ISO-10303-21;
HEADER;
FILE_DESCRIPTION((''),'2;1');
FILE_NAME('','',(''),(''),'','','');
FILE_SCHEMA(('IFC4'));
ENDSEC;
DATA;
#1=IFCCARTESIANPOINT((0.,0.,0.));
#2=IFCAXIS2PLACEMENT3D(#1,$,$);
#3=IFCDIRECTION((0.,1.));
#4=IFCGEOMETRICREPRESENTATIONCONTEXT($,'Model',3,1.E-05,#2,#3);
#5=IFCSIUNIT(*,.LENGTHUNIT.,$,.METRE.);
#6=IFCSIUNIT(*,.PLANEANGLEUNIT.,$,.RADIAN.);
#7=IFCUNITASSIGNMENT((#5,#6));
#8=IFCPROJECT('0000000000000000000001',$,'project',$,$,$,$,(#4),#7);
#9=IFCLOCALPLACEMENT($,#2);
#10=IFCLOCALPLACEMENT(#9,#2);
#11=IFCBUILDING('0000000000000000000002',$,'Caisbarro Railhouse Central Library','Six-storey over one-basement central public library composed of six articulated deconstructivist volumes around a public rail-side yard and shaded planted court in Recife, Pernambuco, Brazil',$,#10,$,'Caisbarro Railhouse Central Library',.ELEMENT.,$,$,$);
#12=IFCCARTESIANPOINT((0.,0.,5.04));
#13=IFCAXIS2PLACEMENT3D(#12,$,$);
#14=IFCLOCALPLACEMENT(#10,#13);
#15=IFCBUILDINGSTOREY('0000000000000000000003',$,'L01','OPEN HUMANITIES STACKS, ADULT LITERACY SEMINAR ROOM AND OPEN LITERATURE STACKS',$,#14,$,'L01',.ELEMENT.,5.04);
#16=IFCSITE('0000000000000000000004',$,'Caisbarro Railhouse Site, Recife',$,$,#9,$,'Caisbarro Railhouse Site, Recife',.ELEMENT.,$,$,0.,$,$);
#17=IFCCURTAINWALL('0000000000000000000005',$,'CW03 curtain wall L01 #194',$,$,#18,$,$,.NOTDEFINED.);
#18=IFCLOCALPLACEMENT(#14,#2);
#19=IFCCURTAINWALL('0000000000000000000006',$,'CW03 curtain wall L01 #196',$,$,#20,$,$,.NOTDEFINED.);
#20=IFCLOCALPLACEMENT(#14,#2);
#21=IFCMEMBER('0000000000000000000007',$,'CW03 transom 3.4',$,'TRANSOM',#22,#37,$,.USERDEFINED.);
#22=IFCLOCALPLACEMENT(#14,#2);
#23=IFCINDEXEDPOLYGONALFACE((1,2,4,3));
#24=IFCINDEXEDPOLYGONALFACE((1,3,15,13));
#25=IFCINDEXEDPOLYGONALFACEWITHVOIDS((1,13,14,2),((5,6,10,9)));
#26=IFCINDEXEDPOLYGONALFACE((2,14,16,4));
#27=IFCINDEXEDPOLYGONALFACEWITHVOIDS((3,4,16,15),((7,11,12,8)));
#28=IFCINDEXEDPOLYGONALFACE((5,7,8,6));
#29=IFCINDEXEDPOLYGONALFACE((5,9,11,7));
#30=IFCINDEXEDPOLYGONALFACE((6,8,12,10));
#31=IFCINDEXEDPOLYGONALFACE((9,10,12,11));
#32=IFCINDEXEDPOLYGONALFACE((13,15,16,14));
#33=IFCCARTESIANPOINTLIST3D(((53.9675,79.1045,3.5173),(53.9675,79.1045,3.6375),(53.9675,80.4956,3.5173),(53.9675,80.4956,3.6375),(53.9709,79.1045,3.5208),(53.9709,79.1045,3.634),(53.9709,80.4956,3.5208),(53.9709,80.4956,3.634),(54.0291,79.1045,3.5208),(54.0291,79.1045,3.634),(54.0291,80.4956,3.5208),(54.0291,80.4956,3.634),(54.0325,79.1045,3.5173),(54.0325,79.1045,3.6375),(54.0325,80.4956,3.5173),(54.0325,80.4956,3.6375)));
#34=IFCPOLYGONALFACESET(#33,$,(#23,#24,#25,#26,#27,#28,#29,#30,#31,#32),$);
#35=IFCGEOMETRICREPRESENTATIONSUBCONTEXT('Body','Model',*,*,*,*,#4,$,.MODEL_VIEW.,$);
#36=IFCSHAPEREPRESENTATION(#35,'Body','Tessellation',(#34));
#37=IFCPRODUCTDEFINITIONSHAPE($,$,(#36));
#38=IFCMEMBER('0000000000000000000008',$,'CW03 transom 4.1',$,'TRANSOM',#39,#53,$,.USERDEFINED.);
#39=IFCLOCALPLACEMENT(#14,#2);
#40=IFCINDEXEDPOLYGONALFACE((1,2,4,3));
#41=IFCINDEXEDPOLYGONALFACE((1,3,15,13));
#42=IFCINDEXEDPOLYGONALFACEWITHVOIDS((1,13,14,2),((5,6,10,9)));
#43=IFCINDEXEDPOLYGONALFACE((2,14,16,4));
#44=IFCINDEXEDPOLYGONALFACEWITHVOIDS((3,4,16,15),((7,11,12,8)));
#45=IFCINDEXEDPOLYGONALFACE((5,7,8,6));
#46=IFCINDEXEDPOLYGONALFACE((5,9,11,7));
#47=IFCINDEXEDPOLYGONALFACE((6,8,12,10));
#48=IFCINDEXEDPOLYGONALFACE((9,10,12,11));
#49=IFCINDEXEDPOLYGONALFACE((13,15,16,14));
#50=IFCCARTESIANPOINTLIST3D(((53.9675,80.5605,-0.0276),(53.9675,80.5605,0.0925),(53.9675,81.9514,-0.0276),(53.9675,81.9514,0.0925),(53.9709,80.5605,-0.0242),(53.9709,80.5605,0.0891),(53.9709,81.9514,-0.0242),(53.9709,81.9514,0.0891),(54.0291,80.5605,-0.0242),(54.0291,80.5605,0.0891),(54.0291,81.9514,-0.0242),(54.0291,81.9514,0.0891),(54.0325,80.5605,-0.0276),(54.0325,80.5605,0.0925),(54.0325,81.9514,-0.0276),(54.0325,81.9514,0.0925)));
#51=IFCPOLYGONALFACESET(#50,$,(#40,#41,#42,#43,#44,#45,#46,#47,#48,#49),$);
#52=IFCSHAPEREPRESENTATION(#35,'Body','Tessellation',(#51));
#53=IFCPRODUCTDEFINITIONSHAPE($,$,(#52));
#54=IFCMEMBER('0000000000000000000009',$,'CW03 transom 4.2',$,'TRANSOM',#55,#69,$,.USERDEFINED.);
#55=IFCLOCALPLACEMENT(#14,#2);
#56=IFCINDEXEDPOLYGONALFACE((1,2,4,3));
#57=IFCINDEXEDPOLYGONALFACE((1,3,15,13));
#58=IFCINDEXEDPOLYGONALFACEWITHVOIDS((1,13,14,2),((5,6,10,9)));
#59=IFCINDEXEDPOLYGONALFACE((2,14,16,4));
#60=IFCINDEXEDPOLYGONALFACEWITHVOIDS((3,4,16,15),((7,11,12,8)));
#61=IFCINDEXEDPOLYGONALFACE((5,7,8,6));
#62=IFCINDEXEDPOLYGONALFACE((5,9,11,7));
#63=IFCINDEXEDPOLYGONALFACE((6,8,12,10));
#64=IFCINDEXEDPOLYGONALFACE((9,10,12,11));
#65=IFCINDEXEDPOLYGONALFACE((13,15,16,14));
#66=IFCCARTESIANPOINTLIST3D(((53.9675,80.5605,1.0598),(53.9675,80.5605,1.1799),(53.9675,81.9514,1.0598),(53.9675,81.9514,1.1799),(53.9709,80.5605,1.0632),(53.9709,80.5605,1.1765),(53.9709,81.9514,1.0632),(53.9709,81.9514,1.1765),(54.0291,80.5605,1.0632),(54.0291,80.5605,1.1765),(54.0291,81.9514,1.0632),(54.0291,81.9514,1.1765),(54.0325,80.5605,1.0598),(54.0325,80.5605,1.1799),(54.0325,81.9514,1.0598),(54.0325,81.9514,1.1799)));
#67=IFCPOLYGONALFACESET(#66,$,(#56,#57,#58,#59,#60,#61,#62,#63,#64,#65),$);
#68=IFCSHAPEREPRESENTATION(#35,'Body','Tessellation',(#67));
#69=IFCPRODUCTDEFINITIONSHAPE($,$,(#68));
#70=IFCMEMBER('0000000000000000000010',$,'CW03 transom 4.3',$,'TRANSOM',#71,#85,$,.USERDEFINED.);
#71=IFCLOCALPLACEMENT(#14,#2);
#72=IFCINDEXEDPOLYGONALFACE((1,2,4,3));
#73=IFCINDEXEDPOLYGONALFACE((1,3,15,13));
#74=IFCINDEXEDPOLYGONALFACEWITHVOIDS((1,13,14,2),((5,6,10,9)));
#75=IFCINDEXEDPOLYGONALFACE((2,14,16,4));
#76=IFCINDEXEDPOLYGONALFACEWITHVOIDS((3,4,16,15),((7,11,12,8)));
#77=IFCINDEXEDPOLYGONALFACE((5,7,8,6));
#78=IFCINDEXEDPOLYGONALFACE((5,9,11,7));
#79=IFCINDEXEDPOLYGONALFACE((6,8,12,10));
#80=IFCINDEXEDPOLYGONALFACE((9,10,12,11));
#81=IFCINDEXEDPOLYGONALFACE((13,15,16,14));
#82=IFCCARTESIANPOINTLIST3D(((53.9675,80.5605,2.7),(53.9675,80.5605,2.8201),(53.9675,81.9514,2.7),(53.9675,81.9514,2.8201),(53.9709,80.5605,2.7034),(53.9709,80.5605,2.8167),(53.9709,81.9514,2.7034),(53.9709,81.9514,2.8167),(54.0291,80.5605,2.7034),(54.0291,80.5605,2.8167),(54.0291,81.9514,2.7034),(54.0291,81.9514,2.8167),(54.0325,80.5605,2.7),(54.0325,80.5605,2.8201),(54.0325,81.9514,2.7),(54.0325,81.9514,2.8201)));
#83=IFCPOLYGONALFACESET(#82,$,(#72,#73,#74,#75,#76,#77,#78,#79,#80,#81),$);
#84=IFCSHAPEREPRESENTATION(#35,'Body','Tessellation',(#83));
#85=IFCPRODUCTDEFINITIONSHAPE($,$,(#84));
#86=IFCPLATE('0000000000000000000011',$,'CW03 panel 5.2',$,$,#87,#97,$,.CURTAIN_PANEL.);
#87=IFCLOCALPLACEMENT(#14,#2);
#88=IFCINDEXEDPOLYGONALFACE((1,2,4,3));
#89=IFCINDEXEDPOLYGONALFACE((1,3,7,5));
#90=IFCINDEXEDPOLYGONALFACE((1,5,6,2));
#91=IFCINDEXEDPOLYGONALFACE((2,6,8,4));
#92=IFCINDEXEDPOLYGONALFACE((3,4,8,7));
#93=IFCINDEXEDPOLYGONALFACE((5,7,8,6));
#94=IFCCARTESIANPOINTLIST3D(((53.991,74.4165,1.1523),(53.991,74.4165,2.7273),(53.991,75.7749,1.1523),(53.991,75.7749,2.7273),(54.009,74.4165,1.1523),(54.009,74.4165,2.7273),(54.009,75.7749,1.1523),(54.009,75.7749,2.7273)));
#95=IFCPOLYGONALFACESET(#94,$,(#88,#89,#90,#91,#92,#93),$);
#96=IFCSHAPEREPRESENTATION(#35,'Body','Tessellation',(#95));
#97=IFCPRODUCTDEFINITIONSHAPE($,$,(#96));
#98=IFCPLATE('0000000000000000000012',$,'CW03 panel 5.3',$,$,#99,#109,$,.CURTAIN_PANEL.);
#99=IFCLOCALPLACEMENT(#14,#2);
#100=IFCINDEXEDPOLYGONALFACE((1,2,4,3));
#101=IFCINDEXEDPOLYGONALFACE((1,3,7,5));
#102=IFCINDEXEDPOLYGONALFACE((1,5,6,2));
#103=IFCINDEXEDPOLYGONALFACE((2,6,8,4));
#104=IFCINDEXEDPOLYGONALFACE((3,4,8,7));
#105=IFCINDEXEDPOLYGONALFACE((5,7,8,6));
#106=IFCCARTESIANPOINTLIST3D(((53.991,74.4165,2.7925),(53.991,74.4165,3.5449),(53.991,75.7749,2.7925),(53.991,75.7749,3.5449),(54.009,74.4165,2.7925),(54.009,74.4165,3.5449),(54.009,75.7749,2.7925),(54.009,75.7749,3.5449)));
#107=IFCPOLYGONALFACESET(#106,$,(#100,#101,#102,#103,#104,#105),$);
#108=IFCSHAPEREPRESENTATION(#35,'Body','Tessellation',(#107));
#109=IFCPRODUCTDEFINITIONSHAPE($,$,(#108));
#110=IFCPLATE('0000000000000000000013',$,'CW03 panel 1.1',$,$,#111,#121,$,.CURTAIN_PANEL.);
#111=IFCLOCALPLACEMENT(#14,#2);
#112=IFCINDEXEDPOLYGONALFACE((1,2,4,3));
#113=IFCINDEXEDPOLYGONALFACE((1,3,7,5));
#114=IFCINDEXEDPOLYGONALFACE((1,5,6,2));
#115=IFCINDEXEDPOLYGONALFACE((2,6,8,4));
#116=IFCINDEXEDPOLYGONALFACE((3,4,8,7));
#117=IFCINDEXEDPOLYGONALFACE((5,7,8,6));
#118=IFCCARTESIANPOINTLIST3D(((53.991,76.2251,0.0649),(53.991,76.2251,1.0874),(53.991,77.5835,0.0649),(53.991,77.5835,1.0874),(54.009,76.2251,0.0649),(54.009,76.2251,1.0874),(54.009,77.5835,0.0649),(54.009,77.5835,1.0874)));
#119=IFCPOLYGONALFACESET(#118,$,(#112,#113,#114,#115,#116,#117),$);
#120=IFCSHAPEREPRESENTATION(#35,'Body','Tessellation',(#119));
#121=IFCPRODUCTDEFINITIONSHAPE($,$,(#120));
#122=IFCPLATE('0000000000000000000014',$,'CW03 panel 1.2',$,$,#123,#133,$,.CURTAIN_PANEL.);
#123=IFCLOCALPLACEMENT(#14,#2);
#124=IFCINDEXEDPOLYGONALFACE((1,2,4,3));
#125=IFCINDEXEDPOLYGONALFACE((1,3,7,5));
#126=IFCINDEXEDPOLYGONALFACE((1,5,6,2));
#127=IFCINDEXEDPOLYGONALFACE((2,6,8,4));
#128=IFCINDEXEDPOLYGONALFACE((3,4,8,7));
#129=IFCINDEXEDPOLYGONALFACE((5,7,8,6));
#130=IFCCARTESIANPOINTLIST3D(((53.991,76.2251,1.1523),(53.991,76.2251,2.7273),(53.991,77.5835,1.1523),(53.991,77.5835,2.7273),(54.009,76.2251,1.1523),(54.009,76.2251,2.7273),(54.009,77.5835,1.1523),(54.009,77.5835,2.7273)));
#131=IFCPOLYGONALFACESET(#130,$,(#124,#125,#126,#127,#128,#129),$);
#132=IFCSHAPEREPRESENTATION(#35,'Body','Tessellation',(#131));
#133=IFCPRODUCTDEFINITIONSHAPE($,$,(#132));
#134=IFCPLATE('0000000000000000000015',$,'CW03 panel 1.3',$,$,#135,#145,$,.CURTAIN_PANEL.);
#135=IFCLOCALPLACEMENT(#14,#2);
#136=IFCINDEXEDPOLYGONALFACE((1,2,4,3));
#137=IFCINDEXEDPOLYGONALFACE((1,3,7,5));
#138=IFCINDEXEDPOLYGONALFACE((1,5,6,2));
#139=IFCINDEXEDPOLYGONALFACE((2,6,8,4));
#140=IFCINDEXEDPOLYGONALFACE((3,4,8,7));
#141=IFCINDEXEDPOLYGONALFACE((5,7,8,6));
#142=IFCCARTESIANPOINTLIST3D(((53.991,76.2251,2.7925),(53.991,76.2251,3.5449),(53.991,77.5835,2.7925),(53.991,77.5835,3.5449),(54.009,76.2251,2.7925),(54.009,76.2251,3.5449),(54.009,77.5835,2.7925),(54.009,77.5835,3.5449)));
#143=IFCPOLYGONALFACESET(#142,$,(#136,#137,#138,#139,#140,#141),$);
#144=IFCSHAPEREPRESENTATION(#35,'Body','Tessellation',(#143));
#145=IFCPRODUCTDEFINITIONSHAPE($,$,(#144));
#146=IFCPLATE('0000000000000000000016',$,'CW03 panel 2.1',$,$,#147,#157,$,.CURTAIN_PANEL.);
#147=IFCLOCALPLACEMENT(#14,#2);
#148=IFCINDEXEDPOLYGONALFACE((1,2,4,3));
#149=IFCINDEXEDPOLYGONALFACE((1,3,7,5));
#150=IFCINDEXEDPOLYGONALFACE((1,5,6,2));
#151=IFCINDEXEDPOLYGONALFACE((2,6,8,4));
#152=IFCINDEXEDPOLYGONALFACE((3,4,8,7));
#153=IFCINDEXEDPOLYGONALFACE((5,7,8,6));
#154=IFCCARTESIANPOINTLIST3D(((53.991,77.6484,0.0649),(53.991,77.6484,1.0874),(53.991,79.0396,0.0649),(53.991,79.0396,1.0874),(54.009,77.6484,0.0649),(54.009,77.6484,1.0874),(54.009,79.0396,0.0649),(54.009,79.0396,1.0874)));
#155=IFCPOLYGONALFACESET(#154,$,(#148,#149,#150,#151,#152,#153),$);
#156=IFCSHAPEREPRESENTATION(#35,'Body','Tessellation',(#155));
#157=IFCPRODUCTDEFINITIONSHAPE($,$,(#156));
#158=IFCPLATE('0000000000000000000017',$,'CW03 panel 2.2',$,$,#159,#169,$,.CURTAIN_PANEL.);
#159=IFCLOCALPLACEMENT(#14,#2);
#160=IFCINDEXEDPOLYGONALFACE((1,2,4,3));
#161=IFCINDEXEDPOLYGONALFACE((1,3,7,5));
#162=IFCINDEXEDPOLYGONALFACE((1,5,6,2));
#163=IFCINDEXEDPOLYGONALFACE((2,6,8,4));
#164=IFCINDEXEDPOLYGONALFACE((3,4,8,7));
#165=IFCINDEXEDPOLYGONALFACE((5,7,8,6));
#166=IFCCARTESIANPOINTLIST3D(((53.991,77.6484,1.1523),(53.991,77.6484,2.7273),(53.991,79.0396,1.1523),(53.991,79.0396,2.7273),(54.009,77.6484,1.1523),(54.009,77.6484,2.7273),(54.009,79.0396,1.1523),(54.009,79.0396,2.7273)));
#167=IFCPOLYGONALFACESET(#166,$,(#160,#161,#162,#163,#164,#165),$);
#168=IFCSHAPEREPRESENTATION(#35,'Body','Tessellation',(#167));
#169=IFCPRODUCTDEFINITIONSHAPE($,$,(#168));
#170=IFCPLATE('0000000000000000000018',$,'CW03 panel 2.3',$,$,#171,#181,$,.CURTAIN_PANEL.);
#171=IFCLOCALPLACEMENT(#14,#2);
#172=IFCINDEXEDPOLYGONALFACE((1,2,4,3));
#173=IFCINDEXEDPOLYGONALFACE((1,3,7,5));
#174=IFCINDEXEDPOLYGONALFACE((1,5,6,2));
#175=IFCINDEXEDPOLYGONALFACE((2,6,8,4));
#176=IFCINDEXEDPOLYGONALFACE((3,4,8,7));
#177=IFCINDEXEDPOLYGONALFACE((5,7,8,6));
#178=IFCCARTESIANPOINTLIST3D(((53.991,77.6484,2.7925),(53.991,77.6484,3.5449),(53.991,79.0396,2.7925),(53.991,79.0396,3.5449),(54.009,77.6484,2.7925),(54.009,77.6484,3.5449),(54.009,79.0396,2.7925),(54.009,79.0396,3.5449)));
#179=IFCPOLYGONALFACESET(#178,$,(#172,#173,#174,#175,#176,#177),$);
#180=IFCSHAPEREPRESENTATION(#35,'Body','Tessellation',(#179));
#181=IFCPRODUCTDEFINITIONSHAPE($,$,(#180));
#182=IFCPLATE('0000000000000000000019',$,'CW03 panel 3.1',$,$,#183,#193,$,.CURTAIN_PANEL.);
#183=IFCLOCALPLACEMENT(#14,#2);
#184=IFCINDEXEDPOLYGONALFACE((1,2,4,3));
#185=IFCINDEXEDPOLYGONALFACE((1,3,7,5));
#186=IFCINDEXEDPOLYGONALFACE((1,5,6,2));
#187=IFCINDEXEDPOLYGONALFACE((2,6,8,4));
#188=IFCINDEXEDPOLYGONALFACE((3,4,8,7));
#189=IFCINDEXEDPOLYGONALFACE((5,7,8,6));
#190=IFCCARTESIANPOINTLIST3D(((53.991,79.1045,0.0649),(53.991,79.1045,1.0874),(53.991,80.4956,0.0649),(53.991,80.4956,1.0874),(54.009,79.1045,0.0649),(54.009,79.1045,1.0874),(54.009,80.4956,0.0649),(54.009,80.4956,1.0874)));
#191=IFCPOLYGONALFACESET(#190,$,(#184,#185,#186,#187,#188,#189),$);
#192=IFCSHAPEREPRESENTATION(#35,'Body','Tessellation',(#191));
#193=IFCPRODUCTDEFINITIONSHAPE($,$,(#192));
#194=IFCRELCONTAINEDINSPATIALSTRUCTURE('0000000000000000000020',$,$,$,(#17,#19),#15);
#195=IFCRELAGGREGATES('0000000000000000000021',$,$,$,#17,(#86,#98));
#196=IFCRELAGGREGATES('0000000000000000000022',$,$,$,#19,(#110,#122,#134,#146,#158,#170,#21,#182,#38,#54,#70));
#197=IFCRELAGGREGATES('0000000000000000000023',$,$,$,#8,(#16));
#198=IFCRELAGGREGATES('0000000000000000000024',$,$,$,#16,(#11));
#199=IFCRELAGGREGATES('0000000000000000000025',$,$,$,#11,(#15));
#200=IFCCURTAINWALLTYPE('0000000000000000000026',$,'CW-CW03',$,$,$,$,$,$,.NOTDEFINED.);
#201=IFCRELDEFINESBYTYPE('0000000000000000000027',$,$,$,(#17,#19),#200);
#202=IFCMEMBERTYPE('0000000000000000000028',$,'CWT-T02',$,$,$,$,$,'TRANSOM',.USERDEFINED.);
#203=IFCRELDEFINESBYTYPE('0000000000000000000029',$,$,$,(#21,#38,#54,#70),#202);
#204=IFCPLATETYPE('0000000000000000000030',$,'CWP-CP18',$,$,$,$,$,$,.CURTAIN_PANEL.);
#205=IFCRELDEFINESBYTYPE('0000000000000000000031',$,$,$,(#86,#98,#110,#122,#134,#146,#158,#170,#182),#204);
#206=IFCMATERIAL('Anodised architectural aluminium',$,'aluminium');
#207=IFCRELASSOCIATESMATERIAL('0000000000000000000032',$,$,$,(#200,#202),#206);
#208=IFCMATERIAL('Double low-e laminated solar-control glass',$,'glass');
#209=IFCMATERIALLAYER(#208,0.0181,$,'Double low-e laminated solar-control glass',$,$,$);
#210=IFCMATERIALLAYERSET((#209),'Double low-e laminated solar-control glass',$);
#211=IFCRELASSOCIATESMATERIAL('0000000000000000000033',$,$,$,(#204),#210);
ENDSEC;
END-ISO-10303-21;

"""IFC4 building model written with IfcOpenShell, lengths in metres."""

from ifc_helpers import new_model, si_unit, direction, frame, origin, origin_2d, place, context, subcontext, project, spatial, rectangle, hollow_rectangle, extrude, material, layer, layer_set, material_profile, profile_set, type_object, element, aggregate, save


model = new_model("IFC4")

# Units and contexts
model_context = context("Model", 3, precision=1e-05, world=origin(), true_north=direction((0.0, 1.0)))
body_context = subcontext(model_context, "Body", "Model", "MODEL_VIEW")
ifc_project = project(units=[si_unit("LENGTHUNIT", "METRE"), si_unit("PLANEANGLEUNIT", "RADIAN")], contexts=[model_context])

# Site, building, storey
site_placement = place(None, origin())
site = spatial("IfcSite", under=ifc_project, at=site_placement, Name="Caisbarro Railhouse Site, Recife", LongName="Caisbarro Railhouse Site, Recife", CompositionType="ELEMENT", RefElevation=0.0)
building_placement = place(site_placement, origin())
building = spatial("IfcBuilding", under=site, at=building_placement, Name="Caisbarro Railhouse Central Library", Description="Six-storey over one-basement central public library composed of six articulated deconstructivist volumes around a public rail-side yard and shaded planted court in Recife, Pernambuco, Brazil", LongName="Caisbarro Railhouse Central Library", CompositionType="ELEMENT")
storey_placement = place(building_placement, frame((0.0, 0.0, 5.04)))
storey = spatial("IfcBuildingStorey", under=building, at=storey_placement, Name="L01", Description="OPEN HUMANITIES STACKS, ADULT LITERACY SEMINAR ROOM AND OPEN LITERATURE STACKS", LongName="L01", CompositionType="ELEMENT", Elevation=5.04)

# Curtain wall
ifc_material_1 = material(Name="Anodised architectural aluminium", Category="aluminium")
curtain_wall_type = type_object("IfcCurtainWallType", Name="CW-CW03", PredefinedType="NOTDEFINED", material=ifc_material_1)
curtain_wall_1_placement = place(storey_placement, origin())
curtain_wall_1 = element("IfcCurtainWall", 1, at=curtain_wall_1_placement, inside=storey, type_object=curtain_wall_type, Name="CW03 curtain wall L01 #194", PredefinedType="NOTDEFINED")

# Curtain wall, members
curtain_wall_2_placement = place(storey_placement, origin())
curtain_wall_2 = element("IfcCurtainWall", 2, at=curtain_wall_2_placement, inside=storey, type_object=curtain_wall_type, Name="CW03 curtain wall L01 #196", PredefinedType="NOTDEFINED")
ifc_material_profile_1 = material_profile(ifc_material_1, hollow_rectangle(XDim=0.0649, YDim=0.1201, WallThickness=0.0034, at=origin_2d()), Name="ALU-TRN-65X120")
ifc_profile_set_1 = profile_set([ifc_material_profile_1], Name="Anodised architectural aluminium")
member_type_1 = type_object("IfcMemberType", Name="CWT-T02", ElementType="TRANSOM", PredefinedType="USERDEFINED", material=ifc_profile_set_1)
member_1_placement = place(storey_placement, frame((54.0, 79.1045, 3.5774), z_axis=(0.0, 1.0, 0.0), x_axis=(-1.0, 0.0, 0.0)))
member_1 = element("IfcMember", 3, at=member_1_placement, type_object=member_type_1, Name="CW03 transom 3.4", ObjectType="TRANSOM", PredefinedType="USERDEFINED", context=body_context, shape_type="SweptSolid", body=[
    extrude(hollow_rectangle(XDim=0.0649, YDim=0.1201, WallThickness=0.0034, at=origin_2d()), origin(), (0.0, 0.0, 1.0), 1.3911),
])
member_2_placement = place(storey_placement, frame((54.0, 80.5605, 0.0325), z_axis=(0.0, 1.0, 0.0), x_axis=(-1.0, 0.0, 0.0)))
member_2 = element("IfcMember", 4, at=member_2_placement, type_object=member_type_1, Name="CW03 transom 4.1", ObjectType="TRANSOM", PredefinedType="USERDEFINED", context=body_context, shape_type="SweptSolid", body=[
    extrude(hollow_rectangle(XDim=0.0649, YDim=0.1201, WallThickness=0.0034, at=origin_2d()), origin(), (0.0, 0.0, 1.0), 1.3909),
])
member_3_placement = place(storey_placement, frame((54.0, 80.5605, 1.1199), z_axis=(0.0, 1.0, 0.0), x_axis=(-1.0, 0.0, 0.0)))
member_3 = element("IfcMember", 5, at=member_3_placement, type_object=member_type_1, Name="CW03 transom 4.2", ObjectType="TRANSOM", PredefinedType="USERDEFINED", context=body_context, shape_type="SweptSolid", body=[
    extrude(hollow_rectangle(XDim=0.0649, YDim=0.1201, WallThickness=0.0034, at=origin_2d()), origin(), (0.0, 0.0, 1.0), 1.3909),
])
member_4_placement = place(storey_placement, frame((54.0, 80.5605, 2.76), z_axis=(0.0, 1.0, 0.0), x_axis=(-1.0, 0.0, 0.0)))
member_4 = element("IfcMember", 6, at=member_4_placement, type_object=member_type_1, Name="CW03 transom 4.3", ObjectType="TRANSOM", PredefinedType="USERDEFINED", context=body_context, shape_type="SweptSolid", body=[
    extrude(hollow_rectangle(XDim=0.0649, YDim=0.1201, WallThickness=0.0034, at=origin_2d()), origin(), (0.0, 0.0, 1.0), 1.3909),
])

# Plates
ifc_material_2 = material(Name="Double low-e laminated solar-control glass", Category="glass")
ifc_layer = layer(ifc_material_2, 0.0181, Name="Double low-e laminated solar-control glass")
ifc_layer_set = layer_set([ifc_layer], Name="Double low-e laminated solar-control glass")
plate_type = type_object("IfcPlateType", Name="CWP-CP18", PredefinedType="CURTAIN_PANEL", material=ifc_layer_set)
plate_1_placement = place(storey_placement, frame((54.0, 75.0957, 1.1523), z_axis=(0.0, 0.0, 1.0), x_axis=(0.0, 1.0, 0.0)))
plate_1 = element("IfcPlate", 7, at=plate_1_placement, type_object=plate_type, Name="CW03 panel 5.2", PredefinedType="CURTAIN_PANEL", context=body_context, shape_type="SweptSolid", body=[
    extrude(rectangle(XDim=1.3584, YDim=0.0181, at=origin_2d()), origin(), (0.0, 0.0, 1.0), 1.575),
])
plate_2_placement = place(storey_placement, frame((54.0, 75.0957, 2.7925), z_axis=(0.0, 0.0, 1.0), x_axis=(0.0, 1.0, 0.0)))
plate_2 = element("IfcPlate", 8, at=plate_2_placement, type_object=plate_type, Name="CW03 panel 5.3", PredefinedType="CURTAIN_PANEL", context=body_context, shape_type="SweptSolid", body=[
    extrude(rectangle(XDim=1.3584, YDim=0.0181, at=origin_2d()), origin(), (0.0, 0.0, 1.0), 0.7524),
])
aggregate(curtain_wall_1, [plate_1, plate_2])
plate_3_placement = place(storey_placement, frame((54.0, 76.9043, 0.0649), z_axis=(0.0, 0.0, 1.0), x_axis=(0.0, 1.0, 0.0)))
plate_3 = element("IfcPlate", 9, at=plate_3_placement, type_object=plate_type, Name="CW03 panel 1.1", PredefinedType="CURTAIN_PANEL", context=body_context, shape_type="SweptSolid", body=[
    extrude(rectangle(XDim=1.3584, YDim=0.0181, at=origin_2d()), origin(), (0.0, 0.0, 1.0), 1.0225),
])
plate_4_placement = place(storey_placement, frame((54.0, 76.9043, 1.1523), z_axis=(0.0, 0.0, 1.0), x_axis=(0.0, 1.0, 0.0)))
plate_4 = element("IfcPlate", 10, at=plate_4_placement, type_object=plate_type, Name="CW03 panel 1.2", PredefinedType="CURTAIN_PANEL", context=body_context, shape_type="SweptSolid", body=[
    extrude(rectangle(XDim=1.3584, YDim=0.0181, at=origin_2d()), origin(), (0.0, 0.0, 1.0), 1.575),
])
plate_5_placement = place(storey_placement, frame((54.0, 76.9043, 2.7925), z_axis=(0.0, 0.0, 1.0), x_axis=(0.0, 1.0, 0.0)))
plate_5 = element("IfcPlate", 11, at=plate_5_placement, type_object=plate_type, Name="CW03 panel 1.3", PredefinedType="CURTAIN_PANEL", context=body_context, shape_type="SweptSolid", body=[
    extrude(rectangle(XDim=1.3584, YDim=0.0181, at=origin_2d()), origin(), (0.0, 0.0, 1.0), 0.7524),
])
plate_6_placement = place(storey_placement, frame((54.0, 78.344, 0.0649), z_axis=(0.0, 0.0, 1.0), x_axis=(0.0, 1.0, 0.0)))
plate_6 = element("IfcPlate", 12, at=plate_6_placement, type_object=plate_type, Name="CW03 panel 2.1", PredefinedType="CURTAIN_PANEL", context=body_context, shape_type="SweptSolid", body=[
    extrude(rectangle(XDim=1.3911, YDim=0.0181, at=origin_2d()), origin(), (0.0, 0.0, 1.0), 1.0225),
])
plate_7_placement = place(storey_placement, frame((54.0, 78.344, 1.1523), z_axis=(0.0, 0.0, 1.0), x_axis=(0.0, 1.0, 0.0)))
plate_7 = element("IfcPlate", 13, at=plate_7_placement, type_object=plate_type, Name="CW03 panel 2.2", PredefinedType="CURTAIN_PANEL", context=body_context, shape_type="SweptSolid", body=[
    extrude(rectangle(XDim=1.3911, YDim=0.0181, at=origin_2d()), origin(), (0.0, 0.0, 1.0), 1.575),
])
plate_8_placement = place(storey_placement, frame((54.0, 78.344, 2.7925), z_axis=(0.0, 0.0, 1.0), x_axis=(0.0, 1.0, 0.0)))
plate_8 = element("IfcPlate", 14, at=plate_8_placement, type_object=plate_type, Name="CW03 panel 2.3", PredefinedType="CURTAIN_PANEL", context=body_context, shape_type="SweptSolid", body=[
    extrude(rectangle(XDim=1.3911, YDim=0.0181, at=origin_2d()), origin(), (0.0, 0.0, 1.0), 0.7524),
])
plate_9_placement = place(storey_placement, frame((54.0, 79.8, 0.0649), z_axis=(0.0, 0.0, 1.0), x_axis=(0.0, 1.0, 0.0)))
plate_9 = element("IfcPlate", 15, at=plate_9_placement, type_object=plate_type, Name="CW03 panel 3.1", PredefinedType="CURTAIN_PANEL", context=body_context, shape_type="SweptSolid", body=[
    extrude(rectangle(XDim=1.3911, YDim=0.0181, at=origin_2d()), origin(), (0.0, 0.0, 1.0), 1.0225),
])
aggregate(curtain_wall_2, [plate_3, plate_4, plate_5, plate_6, plate_7, plate_8, member_1, plate_9, member_2, member_3, member_4])

save(model, "model.ifc")
